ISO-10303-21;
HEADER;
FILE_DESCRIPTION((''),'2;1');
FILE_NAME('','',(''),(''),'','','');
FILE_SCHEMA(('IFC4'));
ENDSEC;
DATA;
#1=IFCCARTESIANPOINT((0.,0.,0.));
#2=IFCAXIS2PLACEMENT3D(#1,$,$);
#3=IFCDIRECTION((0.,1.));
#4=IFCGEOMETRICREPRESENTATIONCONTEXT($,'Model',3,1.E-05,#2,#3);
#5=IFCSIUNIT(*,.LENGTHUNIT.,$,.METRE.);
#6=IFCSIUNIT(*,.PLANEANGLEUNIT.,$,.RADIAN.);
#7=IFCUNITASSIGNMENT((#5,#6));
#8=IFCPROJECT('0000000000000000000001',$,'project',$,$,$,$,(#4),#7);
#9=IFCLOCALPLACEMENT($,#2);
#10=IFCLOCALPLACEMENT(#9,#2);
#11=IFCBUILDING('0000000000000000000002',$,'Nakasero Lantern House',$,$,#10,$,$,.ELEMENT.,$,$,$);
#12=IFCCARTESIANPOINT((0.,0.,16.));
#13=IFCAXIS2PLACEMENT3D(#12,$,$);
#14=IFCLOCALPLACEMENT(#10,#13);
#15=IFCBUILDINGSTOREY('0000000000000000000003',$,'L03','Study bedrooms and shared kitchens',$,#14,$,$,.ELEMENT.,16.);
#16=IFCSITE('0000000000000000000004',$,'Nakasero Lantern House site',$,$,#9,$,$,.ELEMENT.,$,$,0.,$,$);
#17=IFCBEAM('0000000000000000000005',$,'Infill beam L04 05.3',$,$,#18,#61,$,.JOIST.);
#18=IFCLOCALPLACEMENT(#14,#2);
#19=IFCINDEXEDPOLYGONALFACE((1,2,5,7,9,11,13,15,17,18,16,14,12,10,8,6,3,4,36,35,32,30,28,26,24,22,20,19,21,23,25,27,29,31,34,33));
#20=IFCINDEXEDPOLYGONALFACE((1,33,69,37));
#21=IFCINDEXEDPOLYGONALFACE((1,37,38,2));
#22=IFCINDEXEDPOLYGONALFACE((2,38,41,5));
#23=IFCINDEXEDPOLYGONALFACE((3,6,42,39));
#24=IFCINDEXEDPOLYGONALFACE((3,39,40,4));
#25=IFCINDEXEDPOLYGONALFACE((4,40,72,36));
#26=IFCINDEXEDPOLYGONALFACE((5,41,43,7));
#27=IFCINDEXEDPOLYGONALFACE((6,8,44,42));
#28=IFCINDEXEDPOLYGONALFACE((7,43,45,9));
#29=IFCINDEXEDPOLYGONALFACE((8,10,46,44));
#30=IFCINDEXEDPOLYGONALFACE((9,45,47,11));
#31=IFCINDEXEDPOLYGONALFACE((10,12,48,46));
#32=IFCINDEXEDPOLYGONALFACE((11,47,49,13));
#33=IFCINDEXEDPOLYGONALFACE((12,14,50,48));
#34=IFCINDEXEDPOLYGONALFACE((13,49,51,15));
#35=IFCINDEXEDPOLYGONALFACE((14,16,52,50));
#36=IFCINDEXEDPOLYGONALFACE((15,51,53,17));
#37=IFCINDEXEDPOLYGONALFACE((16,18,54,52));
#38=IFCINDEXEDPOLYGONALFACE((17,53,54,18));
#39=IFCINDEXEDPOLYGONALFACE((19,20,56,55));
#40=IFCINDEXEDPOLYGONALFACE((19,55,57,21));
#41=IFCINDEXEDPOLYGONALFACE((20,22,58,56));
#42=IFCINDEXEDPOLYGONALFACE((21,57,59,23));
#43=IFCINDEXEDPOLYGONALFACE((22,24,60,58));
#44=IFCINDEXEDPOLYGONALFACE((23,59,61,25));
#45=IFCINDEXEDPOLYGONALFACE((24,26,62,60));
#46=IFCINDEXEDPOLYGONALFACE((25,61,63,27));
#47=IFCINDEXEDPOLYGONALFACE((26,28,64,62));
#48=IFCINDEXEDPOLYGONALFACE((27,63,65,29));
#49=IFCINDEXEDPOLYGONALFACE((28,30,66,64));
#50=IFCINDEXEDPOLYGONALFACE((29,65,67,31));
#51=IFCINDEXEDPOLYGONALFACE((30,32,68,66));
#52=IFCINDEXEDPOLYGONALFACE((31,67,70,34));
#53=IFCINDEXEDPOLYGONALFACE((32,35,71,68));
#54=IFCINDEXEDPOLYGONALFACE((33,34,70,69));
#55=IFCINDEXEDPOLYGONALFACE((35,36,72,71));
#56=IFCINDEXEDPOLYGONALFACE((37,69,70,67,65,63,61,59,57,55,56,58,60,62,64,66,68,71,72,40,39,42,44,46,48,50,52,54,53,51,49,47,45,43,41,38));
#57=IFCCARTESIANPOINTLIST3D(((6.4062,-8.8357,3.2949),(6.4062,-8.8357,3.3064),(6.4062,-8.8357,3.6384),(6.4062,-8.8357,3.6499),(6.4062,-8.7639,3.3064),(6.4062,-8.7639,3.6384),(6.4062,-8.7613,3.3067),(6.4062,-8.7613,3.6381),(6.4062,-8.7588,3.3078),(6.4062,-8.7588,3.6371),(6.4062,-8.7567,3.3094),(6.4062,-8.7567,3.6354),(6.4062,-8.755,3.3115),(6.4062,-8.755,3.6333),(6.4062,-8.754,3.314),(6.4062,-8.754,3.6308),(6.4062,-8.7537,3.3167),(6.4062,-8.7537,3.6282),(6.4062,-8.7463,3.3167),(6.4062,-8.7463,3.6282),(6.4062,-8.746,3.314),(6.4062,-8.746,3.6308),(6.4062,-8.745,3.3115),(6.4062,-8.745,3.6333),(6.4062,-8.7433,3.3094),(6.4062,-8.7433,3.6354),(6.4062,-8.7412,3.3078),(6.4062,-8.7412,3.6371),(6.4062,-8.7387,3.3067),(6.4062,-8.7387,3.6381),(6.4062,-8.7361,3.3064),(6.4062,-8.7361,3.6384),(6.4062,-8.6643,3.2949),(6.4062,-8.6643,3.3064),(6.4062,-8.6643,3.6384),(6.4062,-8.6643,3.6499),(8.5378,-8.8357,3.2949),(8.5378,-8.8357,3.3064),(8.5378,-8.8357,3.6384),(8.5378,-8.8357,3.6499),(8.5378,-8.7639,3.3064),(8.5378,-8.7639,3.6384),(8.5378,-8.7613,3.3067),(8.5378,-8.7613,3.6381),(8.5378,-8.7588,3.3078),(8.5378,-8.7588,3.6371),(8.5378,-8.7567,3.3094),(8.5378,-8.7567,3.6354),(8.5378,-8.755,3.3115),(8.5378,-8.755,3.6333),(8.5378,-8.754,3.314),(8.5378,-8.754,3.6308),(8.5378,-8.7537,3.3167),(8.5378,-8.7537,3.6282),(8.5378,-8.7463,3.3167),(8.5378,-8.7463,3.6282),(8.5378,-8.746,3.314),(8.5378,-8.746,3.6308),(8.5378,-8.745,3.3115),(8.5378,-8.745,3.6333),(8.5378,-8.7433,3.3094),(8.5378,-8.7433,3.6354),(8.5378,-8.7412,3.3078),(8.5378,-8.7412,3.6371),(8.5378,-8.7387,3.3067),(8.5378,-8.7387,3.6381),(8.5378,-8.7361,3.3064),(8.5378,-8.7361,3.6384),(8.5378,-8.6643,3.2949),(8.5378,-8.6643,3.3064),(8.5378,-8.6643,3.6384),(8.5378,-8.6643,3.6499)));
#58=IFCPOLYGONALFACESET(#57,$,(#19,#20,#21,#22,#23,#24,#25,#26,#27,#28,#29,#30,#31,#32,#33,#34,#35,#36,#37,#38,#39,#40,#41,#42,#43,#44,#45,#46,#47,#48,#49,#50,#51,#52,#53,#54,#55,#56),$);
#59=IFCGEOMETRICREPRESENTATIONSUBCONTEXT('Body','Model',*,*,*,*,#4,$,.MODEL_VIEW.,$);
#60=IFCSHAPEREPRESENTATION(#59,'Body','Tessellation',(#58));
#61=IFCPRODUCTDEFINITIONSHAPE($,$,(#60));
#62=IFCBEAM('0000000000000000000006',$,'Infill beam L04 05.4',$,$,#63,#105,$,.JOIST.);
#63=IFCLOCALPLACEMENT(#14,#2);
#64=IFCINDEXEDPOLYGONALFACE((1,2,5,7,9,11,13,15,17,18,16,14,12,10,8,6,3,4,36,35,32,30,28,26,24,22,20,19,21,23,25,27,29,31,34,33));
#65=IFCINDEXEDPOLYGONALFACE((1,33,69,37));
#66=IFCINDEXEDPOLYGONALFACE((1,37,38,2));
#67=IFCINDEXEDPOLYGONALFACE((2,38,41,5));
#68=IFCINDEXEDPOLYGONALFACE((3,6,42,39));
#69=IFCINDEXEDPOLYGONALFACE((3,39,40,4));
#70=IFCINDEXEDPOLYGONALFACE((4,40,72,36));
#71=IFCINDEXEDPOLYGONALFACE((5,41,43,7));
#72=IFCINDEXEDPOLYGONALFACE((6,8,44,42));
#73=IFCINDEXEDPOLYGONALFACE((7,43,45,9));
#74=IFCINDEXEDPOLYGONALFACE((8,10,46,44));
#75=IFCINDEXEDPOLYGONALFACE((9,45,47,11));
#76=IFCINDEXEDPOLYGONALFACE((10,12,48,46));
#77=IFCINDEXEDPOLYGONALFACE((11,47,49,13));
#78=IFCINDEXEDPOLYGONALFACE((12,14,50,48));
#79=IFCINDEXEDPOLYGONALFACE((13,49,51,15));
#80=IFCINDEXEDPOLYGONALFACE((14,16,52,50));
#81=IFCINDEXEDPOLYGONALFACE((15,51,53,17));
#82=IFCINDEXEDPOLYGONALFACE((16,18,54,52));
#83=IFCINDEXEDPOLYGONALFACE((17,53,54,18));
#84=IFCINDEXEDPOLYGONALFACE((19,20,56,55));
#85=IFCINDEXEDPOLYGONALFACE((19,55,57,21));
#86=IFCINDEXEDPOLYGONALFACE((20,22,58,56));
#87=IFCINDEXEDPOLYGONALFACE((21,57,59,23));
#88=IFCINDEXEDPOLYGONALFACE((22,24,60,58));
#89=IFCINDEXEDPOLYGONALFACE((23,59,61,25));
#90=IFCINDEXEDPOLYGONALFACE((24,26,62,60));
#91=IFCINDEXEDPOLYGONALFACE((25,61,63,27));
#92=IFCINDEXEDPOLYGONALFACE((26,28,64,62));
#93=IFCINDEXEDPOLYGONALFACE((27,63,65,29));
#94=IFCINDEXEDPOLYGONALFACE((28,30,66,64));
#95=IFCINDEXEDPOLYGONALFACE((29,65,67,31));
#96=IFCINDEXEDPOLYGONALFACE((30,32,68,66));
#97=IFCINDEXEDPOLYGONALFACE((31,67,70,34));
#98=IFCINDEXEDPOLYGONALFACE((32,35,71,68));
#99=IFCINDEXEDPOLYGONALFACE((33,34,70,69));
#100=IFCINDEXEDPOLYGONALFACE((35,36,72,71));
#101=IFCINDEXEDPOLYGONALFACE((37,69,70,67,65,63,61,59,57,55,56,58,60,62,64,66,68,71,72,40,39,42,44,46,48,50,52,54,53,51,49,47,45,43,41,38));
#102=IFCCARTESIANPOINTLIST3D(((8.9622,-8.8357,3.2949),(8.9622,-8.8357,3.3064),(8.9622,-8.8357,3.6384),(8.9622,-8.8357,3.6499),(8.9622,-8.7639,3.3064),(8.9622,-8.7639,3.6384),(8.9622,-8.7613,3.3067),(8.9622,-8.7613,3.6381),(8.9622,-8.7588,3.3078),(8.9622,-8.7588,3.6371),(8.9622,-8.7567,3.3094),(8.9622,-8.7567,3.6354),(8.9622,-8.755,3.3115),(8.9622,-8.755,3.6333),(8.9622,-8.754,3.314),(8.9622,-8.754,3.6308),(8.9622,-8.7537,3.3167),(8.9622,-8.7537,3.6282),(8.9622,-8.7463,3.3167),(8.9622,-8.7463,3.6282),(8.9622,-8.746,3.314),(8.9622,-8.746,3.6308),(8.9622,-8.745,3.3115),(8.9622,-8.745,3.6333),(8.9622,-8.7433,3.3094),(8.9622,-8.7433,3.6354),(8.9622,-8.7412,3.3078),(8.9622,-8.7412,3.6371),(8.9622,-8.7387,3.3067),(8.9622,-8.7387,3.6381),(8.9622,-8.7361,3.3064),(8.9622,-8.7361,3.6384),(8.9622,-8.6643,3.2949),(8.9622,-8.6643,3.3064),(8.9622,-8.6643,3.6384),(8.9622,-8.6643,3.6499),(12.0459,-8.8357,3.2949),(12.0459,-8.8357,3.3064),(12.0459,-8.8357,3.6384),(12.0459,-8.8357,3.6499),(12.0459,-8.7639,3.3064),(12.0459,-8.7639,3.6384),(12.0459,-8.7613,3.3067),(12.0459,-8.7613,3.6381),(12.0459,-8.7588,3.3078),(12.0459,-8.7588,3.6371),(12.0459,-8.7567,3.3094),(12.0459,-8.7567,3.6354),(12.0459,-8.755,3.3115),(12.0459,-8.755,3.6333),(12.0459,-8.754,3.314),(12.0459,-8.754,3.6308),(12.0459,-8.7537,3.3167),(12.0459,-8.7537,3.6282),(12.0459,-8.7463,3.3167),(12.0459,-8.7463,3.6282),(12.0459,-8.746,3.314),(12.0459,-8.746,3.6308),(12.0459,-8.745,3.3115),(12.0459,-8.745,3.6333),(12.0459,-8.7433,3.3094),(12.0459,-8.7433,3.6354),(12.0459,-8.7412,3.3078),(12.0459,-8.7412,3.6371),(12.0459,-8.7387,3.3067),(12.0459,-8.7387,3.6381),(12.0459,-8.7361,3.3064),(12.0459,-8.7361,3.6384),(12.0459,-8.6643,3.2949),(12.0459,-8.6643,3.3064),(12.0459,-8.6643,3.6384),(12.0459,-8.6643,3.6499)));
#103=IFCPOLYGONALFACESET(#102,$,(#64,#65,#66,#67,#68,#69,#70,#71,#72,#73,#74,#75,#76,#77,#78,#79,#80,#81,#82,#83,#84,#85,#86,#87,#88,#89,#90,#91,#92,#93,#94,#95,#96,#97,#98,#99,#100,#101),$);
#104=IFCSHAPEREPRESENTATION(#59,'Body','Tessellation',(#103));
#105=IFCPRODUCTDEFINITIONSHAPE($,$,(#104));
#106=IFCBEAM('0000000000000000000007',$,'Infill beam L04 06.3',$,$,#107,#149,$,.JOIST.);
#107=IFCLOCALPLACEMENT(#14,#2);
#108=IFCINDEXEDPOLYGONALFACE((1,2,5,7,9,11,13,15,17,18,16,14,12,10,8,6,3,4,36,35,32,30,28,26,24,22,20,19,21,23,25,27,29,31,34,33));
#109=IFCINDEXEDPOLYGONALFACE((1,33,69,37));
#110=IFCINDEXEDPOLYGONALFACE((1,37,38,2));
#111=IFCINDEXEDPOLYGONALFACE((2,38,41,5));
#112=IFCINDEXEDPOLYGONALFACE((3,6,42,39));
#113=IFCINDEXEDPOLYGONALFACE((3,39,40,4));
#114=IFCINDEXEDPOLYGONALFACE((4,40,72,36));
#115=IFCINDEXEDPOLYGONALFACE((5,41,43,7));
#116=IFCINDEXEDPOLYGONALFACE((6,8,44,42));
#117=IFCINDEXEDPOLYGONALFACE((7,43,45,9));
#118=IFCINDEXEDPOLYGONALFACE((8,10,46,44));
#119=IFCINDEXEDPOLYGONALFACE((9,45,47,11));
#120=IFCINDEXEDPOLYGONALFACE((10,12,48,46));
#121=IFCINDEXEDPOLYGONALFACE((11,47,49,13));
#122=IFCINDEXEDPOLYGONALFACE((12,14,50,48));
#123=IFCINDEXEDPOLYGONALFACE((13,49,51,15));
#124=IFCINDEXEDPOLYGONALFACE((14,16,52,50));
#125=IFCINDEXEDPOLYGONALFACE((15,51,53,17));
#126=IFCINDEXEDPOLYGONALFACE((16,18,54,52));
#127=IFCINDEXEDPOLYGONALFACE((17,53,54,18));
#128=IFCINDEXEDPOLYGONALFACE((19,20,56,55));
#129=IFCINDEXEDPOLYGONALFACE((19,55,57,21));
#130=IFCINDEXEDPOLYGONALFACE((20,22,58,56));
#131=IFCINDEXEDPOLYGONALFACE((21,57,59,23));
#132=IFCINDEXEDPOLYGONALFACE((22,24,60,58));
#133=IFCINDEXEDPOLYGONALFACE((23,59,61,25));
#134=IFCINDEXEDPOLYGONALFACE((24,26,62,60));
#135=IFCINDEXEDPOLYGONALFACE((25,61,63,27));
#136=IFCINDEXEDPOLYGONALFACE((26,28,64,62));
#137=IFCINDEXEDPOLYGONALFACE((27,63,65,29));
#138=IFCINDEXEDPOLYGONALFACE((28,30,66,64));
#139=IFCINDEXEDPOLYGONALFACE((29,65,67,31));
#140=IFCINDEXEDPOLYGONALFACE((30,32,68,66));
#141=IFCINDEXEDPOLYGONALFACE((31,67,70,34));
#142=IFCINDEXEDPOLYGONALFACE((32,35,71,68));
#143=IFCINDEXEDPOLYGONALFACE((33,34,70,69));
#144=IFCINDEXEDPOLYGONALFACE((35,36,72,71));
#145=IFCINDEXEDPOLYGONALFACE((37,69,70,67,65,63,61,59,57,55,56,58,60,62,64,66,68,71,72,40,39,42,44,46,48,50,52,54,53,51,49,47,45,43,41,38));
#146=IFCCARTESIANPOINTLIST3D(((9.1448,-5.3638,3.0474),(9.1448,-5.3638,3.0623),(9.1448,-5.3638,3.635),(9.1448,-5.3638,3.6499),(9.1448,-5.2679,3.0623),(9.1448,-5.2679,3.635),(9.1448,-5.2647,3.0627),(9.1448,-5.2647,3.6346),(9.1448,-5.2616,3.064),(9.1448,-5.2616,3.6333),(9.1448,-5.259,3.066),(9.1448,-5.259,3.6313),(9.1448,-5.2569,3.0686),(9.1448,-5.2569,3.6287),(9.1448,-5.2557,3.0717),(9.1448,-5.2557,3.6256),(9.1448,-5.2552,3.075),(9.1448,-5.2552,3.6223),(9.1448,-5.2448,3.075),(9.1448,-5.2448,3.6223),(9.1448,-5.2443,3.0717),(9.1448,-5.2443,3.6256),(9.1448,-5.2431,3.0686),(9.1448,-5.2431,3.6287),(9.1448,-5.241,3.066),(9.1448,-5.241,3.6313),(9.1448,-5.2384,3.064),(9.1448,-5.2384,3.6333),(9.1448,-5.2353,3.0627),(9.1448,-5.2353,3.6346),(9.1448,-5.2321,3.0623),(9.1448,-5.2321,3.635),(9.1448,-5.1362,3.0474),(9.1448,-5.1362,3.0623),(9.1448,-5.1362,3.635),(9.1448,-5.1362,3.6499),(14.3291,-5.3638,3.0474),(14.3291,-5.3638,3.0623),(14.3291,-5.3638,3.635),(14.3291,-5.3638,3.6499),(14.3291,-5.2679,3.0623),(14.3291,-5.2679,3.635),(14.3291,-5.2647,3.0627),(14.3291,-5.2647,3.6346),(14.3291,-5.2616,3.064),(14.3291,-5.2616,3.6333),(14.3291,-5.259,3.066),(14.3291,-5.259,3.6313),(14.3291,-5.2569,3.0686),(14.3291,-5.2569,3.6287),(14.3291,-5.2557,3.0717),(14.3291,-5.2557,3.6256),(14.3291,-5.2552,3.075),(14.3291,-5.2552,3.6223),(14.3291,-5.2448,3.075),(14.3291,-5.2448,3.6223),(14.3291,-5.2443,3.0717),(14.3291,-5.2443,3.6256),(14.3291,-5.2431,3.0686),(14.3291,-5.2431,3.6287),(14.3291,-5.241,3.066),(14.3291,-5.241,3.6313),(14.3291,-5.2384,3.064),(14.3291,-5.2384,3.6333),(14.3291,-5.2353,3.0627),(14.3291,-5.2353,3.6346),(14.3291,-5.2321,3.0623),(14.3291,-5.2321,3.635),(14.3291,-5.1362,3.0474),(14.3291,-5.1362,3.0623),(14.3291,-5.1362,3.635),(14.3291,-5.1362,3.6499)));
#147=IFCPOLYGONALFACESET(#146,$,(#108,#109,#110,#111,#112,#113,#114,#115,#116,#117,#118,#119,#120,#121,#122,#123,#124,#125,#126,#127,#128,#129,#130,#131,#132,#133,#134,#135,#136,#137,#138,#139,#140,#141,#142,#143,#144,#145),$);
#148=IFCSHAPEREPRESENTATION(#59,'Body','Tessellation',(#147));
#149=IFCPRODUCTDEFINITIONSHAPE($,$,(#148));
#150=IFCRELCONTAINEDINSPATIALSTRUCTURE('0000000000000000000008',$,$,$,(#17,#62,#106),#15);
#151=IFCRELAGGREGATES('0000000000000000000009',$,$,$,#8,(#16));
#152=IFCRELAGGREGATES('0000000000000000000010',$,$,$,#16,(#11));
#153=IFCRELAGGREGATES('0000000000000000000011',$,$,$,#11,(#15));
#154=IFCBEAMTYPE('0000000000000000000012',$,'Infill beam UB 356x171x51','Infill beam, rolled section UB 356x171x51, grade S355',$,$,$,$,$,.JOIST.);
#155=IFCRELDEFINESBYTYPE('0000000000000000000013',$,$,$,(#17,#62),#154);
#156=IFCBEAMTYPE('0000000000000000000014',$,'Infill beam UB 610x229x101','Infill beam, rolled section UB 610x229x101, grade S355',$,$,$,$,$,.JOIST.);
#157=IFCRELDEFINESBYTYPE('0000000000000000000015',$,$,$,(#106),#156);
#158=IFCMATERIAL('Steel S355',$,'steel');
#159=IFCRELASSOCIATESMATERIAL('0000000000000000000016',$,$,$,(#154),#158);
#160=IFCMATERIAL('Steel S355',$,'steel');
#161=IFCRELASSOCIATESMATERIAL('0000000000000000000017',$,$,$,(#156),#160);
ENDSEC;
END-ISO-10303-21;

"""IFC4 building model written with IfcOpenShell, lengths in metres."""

from ifc_helpers import new_model, si_unit, direction, frame, origin, origin_2d, place, context, subcontext, project, spatial, i_section, extrude, material, material_profile, profile_set, type_object, element, save


model = new_model("IFC4")

# Units and contexts
model_context = context("Model", 3, precision=1e-05, world=origin(), true_north=direction((0.0, 1.0)))
body_context = subcontext(model_context, "Body", "Model", "MODEL_VIEW")
ifc_project = project(units=[si_unit("LENGTHUNIT", "METRE"), si_unit("PLANEANGLEUNIT", "RADIAN")], contexts=[model_context])

# Site, building, storey
site_placement = place(None, origin())
site = spatial("IfcSite", under=ifc_project, at=site_placement, Name="Nakasero Lantern House site", CompositionType="ELEMENT", RefElevation=0.0)
building_placement = place(site_placement, origin())
building = spatial("IfcBuilding", under=site, at=building_placement, Name="Nakasero Lantern House", CompositionType="ELEMENT")
storey_placement = place(building_placement, frame((0.0, 0.0, 16.0)))
storey = spatial("IfcBuildingStorey", under=building, at=storey_placement, Name="L03", Description="Study bedrooms and shared kitchens", CompositionType="ELEMENT", Elevation=16.0)

# Beams
ifc_material_1 = material(Name="Steel S355", Category="steel")
ifc_material_profile_1 = material_profile(ifc_material_1, i_section(OverallWidth=0.1714, OverallDepth=0.355, WebThickness=0.0073, FlangeThickness=0.0115, FilletRadius=0.0103, at=origin_2d()), Name="UB 356x171x51")
ifc_profile_set_1 = profile_set([ifc_material_profile_1], Name="Steel S355")
beam_type_1 = type_object("IfcBeamType", Name="Infill beam UB 356x171x51", Description="Infill beam, rolled section UB 356x171x51, grade S355", PredefinedType="JOIST", material=ifc_profile_set_1)
beam_1_placement = place(storey_placement, frame((6.4062, -8.75, 3.4724), z_axis=(1.0, 0.0, 0.0), x_axis=(0.0, 1.0, 0.0)))
element("IfcBeam", 1, at=beam_1_placement, inside=storey, type_object=beam_type_1, Name="Infill beam L04 05.3", PredefinedType="JOIST", context=body_context, shape_type="SweptSolid", body=[
    extrude(i_section(OverallWidth=0.1714, OverallDepth=0.355, WebThickness=0.0073, FlangeThickness=0.0115, FilletRadius=0.0103, at=origin_2d()), origin(), (0.0, 0.0, 1.0), 2.1316),
])
beam_2_placement = place(storey_placement, frame((8.9622, -8.75, 3.4724), z_axis=(1.0, 0.0, 0.0), x_axis=(0.0, 1.0, 0.0)))
element("IfcBeam", 2, at=beam_2_placement, inside=storey, type_object=beam_type_1, Name="Infill beam L04 05.4", PredefinedType="JOIST", context=body_context, shape_type="SweptSolid", body=[
    extrude(i_section(OverallWidth=0.1714, OverallDepth=0.355, WebThickness=0.0073, FlangeThickness=0.0115, FilletRadius=0.0103, at=origin_2d()), origin(), (0.0, 0.0, 1.0), 3.0837),
])
ifc_material_2 = material(Name="Steel S355", Category="steel")
ifc_material_profile_2 = material_profile(ifc_material_2, i_section(OverallWidth=0.2275, OverallDepth=0.6025, WebThickness=0.0105, FlangeThickness=0.0149, FilletRadius=0.0127, at=origin_2d()), Name="UB 610x229x101")
ifc_profile_set_2 = profile_set([ifc_material_profile_2], Name="Steel S355")
beam_type_2 = type_object("IfcBeamType", Name="Infill beam UB 610x229x101", Description="Infill beam, rolled section UB 610x229x101, grade S355", PredefinedType="JOIST", material=ifc_profile_set_2)
beam_3_placement = place(storey_placement, frame((9.1448, -5.25, 3.3486), z_axis=(1.0, 0.0, 0.0), x_axis=(0.0, 1.0, 0.0)))
element("IfcBeam", 3, at=beam_3_placement, inside=storey, type_object=beam_type_2, Name="Infill beam L04 06.3", PredefinedType="JOIST", context=body_context, shape_type="SweptSolid", body=[
    extrude(i_section(OverallWidth=0.2275, OverallDepth=0.6025, WebThickness=0.0105, FlangeThickness=0.0149, FilletRadius=0.0127, at=origin_2d()), origin(), (0.0, 0.0, 1.0), 5.1843),
])

save(model, "model.ifc")
